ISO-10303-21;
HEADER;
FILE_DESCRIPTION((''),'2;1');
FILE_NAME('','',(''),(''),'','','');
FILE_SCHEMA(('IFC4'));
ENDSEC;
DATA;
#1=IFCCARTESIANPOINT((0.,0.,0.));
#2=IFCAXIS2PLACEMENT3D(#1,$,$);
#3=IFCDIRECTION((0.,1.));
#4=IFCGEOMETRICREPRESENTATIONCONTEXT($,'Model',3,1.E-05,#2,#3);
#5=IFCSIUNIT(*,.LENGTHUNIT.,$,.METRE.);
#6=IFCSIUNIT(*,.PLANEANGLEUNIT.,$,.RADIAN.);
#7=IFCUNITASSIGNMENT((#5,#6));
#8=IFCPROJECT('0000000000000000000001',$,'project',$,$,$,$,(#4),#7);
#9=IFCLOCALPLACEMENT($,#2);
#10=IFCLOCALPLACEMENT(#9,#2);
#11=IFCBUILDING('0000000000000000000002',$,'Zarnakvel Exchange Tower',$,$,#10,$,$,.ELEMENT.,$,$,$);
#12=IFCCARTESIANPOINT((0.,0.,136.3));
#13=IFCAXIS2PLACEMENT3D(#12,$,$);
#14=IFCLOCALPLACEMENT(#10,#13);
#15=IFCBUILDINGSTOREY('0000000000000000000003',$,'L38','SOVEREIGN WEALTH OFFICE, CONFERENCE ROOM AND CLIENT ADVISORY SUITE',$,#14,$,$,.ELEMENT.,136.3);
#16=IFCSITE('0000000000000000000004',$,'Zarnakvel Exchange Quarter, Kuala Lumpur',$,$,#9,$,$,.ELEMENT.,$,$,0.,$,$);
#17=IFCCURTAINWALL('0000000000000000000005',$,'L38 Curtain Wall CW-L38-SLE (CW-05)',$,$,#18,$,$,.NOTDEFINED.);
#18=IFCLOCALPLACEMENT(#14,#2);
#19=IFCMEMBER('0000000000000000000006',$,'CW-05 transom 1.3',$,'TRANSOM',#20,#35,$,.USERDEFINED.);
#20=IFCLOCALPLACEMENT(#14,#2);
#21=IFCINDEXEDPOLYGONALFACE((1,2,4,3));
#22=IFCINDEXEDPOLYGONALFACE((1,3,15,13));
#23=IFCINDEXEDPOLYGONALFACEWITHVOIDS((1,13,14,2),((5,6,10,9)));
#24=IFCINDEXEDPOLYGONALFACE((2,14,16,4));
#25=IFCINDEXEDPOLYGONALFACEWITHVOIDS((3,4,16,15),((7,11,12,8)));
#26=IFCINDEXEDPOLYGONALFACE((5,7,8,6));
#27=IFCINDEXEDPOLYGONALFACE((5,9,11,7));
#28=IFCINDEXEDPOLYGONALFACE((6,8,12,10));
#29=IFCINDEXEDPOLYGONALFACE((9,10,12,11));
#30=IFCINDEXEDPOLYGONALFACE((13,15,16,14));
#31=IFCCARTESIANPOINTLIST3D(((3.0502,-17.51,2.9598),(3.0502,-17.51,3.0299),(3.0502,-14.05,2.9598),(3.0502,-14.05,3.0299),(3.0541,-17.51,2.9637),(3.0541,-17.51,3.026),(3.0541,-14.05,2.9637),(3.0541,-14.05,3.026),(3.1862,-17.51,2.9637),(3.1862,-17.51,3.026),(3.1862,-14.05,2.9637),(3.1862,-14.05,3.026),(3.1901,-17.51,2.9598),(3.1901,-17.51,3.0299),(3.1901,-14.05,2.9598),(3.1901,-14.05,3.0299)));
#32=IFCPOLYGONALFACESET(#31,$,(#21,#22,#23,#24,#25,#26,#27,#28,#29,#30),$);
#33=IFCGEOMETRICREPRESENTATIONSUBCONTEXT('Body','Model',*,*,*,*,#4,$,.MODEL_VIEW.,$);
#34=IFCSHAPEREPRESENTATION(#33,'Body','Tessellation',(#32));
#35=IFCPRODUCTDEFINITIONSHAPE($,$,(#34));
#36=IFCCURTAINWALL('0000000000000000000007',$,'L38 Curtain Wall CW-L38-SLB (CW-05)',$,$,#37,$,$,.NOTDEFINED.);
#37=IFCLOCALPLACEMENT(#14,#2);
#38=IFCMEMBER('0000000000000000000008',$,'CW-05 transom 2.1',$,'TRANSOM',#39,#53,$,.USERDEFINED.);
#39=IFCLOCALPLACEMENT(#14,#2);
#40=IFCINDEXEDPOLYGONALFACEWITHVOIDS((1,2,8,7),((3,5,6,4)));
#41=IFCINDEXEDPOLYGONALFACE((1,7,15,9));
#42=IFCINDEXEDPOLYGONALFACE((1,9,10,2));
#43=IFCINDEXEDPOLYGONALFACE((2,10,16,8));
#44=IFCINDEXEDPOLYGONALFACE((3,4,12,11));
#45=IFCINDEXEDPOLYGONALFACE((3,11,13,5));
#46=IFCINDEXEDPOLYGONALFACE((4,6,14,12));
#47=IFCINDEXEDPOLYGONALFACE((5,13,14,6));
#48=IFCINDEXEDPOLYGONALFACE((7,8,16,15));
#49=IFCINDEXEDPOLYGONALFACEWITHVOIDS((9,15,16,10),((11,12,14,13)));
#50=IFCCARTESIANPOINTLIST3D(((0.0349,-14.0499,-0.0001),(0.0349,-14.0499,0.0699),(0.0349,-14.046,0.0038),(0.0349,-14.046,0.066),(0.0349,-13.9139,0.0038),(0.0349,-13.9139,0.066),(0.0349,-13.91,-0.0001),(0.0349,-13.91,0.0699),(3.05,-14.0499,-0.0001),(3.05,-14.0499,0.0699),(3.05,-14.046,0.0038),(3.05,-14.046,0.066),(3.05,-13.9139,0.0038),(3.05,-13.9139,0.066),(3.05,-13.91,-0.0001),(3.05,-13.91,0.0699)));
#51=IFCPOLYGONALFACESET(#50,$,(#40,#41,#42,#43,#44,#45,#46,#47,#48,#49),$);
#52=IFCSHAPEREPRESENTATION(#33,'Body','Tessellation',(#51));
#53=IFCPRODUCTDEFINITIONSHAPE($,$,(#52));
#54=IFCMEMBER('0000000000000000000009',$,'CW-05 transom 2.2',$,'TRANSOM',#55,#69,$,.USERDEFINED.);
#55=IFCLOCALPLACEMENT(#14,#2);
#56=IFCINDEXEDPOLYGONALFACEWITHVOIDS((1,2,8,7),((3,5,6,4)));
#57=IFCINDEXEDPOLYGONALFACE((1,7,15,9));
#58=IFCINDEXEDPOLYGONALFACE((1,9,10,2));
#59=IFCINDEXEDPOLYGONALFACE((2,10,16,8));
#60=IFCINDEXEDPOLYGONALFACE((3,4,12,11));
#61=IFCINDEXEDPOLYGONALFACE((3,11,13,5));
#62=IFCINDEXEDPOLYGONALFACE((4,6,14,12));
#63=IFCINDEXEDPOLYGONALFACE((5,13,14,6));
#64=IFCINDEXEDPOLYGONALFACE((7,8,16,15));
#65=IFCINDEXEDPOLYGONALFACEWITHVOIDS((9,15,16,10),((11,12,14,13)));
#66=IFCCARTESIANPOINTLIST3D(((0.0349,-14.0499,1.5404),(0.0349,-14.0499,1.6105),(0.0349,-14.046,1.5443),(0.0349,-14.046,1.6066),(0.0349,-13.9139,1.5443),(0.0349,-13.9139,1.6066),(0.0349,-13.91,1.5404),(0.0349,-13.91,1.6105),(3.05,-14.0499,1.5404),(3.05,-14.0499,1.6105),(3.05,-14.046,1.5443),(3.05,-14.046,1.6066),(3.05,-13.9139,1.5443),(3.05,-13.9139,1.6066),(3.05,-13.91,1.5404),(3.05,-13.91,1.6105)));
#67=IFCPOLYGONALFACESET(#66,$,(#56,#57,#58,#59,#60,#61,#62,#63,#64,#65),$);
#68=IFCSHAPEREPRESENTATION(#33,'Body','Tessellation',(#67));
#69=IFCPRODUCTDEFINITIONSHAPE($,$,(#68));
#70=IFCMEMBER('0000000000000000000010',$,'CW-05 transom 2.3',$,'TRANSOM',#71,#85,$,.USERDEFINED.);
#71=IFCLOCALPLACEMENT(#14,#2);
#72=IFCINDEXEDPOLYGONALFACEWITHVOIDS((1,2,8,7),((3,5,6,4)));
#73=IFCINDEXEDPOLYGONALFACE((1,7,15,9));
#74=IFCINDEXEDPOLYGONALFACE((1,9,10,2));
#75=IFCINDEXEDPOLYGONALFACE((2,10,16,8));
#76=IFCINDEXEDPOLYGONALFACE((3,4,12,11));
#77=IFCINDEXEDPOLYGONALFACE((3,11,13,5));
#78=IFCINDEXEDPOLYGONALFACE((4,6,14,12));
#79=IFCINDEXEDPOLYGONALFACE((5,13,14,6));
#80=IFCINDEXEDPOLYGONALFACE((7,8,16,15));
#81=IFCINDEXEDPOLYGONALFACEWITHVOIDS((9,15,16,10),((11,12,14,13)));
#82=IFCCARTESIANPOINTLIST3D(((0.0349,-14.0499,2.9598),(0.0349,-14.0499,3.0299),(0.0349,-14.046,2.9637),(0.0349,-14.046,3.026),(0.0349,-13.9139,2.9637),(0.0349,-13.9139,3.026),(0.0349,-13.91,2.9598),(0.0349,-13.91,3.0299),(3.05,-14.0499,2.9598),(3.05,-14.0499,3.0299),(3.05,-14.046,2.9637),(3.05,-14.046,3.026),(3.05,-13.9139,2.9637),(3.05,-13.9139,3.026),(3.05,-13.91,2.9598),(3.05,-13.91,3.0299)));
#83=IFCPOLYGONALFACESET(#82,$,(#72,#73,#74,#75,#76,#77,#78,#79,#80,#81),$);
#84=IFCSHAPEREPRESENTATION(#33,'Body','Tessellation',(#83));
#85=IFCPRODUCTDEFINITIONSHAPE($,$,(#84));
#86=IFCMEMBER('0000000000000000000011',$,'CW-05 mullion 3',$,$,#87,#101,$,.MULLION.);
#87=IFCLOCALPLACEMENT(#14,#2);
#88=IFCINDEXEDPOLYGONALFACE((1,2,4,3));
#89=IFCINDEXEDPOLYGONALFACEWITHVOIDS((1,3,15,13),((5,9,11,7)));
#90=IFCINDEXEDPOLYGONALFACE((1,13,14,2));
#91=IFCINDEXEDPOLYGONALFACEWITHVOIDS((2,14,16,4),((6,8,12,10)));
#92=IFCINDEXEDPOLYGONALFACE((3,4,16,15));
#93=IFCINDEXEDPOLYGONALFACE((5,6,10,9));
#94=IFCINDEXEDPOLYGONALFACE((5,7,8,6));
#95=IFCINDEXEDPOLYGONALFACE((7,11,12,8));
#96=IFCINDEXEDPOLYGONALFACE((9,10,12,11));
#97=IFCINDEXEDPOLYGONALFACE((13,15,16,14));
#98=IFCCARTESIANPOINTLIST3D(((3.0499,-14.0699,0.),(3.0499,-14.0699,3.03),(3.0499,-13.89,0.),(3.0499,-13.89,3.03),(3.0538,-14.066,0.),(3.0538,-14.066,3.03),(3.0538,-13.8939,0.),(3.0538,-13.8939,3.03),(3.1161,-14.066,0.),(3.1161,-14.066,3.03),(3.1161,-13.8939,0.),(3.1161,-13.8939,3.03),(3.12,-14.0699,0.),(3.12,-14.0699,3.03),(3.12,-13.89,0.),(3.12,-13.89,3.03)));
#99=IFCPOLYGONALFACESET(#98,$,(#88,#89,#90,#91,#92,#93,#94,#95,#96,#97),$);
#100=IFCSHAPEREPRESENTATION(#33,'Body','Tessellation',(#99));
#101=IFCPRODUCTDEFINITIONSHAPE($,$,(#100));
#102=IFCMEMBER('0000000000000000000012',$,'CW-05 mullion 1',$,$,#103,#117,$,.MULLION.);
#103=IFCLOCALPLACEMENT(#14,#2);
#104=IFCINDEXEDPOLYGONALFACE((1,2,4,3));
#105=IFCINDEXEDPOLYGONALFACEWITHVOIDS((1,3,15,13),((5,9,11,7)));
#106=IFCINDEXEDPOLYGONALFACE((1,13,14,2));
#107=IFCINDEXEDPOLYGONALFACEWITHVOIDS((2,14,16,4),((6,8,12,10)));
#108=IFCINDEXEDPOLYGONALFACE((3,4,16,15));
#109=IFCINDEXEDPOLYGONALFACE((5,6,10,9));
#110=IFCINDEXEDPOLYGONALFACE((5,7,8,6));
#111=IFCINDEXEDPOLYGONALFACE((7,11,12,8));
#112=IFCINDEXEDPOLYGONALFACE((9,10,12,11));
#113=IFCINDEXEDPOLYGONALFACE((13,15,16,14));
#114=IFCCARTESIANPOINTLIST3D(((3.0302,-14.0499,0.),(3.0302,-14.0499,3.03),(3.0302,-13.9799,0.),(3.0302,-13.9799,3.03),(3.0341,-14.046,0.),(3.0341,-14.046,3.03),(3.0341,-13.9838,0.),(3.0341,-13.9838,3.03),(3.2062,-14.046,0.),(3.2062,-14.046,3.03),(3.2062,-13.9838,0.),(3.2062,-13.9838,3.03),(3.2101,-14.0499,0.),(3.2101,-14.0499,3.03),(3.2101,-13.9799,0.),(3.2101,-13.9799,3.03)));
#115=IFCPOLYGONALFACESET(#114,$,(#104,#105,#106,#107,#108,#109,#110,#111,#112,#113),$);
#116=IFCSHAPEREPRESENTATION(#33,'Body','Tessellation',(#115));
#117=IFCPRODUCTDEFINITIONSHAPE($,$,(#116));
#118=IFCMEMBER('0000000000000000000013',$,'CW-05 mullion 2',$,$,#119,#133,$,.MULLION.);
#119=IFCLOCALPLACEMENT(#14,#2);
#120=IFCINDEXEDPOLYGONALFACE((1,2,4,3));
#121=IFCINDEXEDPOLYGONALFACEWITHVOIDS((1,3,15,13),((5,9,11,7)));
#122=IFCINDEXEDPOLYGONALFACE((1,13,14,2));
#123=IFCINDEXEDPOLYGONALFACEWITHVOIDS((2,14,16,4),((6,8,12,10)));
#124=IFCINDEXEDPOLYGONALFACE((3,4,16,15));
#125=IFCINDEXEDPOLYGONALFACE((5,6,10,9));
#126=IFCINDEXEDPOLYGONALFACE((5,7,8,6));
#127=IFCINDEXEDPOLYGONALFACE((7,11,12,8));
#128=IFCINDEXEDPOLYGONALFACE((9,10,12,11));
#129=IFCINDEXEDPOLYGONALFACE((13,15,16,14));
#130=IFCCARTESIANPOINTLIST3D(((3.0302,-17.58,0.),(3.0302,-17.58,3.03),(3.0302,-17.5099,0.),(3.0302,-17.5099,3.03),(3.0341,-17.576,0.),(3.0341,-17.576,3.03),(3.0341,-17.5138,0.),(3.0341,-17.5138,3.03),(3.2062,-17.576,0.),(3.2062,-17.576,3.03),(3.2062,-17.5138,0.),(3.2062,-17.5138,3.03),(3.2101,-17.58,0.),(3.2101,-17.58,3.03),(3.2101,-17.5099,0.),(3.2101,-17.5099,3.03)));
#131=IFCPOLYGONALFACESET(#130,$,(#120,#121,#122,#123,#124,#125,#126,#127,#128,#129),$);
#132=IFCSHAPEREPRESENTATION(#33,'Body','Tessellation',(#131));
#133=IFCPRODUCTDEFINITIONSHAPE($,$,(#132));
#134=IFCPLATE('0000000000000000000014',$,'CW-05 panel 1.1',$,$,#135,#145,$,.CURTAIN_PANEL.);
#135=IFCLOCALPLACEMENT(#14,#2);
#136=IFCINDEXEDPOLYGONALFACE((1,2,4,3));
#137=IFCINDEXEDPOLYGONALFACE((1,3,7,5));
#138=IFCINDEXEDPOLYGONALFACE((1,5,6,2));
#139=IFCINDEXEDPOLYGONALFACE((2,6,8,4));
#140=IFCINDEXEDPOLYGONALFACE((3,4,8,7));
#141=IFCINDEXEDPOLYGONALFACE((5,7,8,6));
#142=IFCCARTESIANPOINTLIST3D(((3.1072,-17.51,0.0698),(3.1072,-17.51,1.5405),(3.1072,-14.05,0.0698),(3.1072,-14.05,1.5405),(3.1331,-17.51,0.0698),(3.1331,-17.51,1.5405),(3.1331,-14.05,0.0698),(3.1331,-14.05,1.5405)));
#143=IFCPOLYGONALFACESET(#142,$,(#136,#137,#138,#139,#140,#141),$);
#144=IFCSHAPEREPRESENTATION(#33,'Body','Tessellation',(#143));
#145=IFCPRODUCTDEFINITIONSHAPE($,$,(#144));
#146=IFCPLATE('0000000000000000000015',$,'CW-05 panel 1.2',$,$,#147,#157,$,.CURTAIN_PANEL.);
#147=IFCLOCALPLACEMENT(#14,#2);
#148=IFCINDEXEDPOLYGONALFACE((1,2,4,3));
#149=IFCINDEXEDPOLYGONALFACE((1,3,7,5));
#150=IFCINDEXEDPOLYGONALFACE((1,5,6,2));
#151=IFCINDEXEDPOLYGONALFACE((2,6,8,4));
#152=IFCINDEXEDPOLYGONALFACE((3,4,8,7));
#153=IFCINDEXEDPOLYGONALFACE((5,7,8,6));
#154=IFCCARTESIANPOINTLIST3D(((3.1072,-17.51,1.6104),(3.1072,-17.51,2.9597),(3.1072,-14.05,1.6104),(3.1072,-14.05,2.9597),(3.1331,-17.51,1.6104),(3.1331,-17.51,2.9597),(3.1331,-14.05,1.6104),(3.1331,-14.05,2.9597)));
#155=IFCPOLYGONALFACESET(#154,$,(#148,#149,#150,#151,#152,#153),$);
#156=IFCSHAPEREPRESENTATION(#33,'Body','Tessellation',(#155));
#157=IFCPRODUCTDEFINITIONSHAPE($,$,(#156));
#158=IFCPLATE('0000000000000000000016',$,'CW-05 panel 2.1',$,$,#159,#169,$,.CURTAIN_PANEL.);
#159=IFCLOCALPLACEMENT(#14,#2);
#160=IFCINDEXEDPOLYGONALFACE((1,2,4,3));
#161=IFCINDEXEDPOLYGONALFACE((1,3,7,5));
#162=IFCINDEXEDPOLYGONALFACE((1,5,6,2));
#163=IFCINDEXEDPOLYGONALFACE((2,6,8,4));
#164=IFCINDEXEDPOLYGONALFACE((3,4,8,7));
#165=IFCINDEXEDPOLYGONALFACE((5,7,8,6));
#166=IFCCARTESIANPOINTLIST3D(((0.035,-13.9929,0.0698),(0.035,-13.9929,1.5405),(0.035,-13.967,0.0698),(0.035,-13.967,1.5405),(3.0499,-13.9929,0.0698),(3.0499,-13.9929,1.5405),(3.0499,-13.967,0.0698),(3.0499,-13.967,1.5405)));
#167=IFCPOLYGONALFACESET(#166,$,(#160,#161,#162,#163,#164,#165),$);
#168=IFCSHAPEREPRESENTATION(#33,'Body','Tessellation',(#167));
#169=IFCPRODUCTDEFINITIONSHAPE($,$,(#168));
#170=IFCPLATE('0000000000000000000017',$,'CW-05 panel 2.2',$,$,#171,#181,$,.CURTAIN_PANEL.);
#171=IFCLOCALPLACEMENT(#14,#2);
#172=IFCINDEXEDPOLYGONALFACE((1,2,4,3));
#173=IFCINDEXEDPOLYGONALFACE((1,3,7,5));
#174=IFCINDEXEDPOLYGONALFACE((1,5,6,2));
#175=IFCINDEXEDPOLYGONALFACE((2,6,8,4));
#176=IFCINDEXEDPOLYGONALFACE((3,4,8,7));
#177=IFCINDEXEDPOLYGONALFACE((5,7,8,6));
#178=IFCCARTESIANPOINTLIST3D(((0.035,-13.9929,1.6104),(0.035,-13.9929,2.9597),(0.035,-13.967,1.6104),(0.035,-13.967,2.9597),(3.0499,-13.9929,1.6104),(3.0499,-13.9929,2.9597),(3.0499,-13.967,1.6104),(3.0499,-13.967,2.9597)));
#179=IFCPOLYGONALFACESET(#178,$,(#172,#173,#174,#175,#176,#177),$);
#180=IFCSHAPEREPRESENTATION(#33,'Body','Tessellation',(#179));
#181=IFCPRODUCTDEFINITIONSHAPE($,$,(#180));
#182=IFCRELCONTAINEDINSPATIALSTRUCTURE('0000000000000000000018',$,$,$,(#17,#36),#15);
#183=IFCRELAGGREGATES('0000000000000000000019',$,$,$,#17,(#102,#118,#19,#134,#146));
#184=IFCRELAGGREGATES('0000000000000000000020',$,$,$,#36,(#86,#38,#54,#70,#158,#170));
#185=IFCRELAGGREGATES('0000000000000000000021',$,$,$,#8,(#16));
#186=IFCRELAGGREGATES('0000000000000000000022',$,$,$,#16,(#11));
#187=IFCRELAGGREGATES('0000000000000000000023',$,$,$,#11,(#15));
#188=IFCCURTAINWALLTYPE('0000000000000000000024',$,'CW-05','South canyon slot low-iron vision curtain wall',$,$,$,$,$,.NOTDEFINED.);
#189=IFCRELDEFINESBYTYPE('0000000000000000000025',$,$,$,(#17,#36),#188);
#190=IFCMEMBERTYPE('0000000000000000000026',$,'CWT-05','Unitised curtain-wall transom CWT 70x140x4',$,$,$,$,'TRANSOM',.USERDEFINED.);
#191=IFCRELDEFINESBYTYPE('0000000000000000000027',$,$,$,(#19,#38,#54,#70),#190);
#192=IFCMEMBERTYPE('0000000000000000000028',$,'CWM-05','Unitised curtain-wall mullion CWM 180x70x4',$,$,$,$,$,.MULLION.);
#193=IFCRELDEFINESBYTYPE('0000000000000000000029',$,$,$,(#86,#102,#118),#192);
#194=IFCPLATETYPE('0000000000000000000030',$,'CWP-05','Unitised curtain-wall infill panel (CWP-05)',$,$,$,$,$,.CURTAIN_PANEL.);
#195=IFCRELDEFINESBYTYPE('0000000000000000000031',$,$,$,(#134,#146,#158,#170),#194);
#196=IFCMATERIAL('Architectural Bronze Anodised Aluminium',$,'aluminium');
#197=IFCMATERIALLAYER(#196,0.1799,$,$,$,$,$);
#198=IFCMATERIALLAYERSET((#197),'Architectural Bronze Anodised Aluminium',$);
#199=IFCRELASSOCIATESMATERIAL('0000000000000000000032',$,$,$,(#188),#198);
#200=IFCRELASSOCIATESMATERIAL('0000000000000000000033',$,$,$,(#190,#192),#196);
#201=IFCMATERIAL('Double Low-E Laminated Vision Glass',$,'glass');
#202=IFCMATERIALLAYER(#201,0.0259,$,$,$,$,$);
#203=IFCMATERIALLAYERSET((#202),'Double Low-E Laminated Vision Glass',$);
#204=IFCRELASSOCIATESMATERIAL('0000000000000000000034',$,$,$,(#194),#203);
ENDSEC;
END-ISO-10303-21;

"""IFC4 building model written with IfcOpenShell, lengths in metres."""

from ifc_helpers import new_model, si_unit, direction, frame, origin, origin_2d, place, context, subcontext, project, spatial, rectangle, hollow_rectangle, extrude, source, transform, mapped, material, layer, layer_set, material_profile, profile_set, type_object, element, aggregate, save


model = new_model("IFC4")

# Units and contexts
model_context = context("Model", 3, precision=1e-05, world=origin(), true_north=direction((0.0, 1.0)))
body_context = subcontext(model_context, "Body", "Model", "MODEL_VIEW")
ifc_project = project(units=[si_unit("LENGTHUNIT", "METRE"), si_unit("PLANEANGLEUNIT", "RADIAN")], contexts=[model_context])

# Site, building, storey
site_placement = place(None, origin())
site = spatial("IfcSite", under=ifc_project, at=site_placement, Name="Zarnakvel Exchange Quarter, Kuala Lumpur", CompositionType="ELEMENT", RefElevation=0.0)
building_placement = place(site_placement, origin())
building = spatial("IfcBuilding", under=site, at=building_placement, Name="Zarnakvel Exchange Tower", CompositionType="ELEMENT")
storey_placement = place(building_placement, frame((0.0, 0.0, 136.3)))
storey = spatial("IfcBuildingStorey", under=building, at=storey_placement, Name="L38", Description="SOVEREIGN WEALTH OFFICE, CONFERENCE ROOM AND CLIENT ADVISORY SUITE", CompositionType="ELEMENT", Elevation=136.3)

# Curtain walls, members
ifc_material_1 = material(Name="Architectural Bronze Anodised Aluminium", Category="aluminium")
ifc_layer_1 = layer(ifc_material_1, 0.1799)
ifc_layer_set_1 = layer_set([ifc_layer_1], Name="Architectural Bronze Anodised Aluminium")
curtain_wall_type = type_object("IfcCurtainWallType", Name="CW-05", Description="South canyon slot low-iron vision curtain wall", PredefinedType="NOTDEFINED", material=ifc_layer_set_1)
curtain_wall_1_placement = place(storey_placement, origin())
curtain_wall_1 = element("IfcCurtainWall", 1, at=curtain_wall_1_placement, inside=storey, type_object=curtain_wall_type, Name="L38 Curtain Wall CW-L38-SLE (CW-05)", PredefinedType="NOTDEFINED")
ifc_material_profile_1 = material_profile(ifc_material_1, hollow_rectangle(XDim=0.1399, YDim=0.0701, WallThickness=0.0039, at=origin_2d()))
ifc_profile_set_1 = profile_set([ifc_material_profile_1], Name="Architectural Bronze Anodised Aluminium")
member_type_1 = type_object("IfcMemberType", Name="CWT-05", Description="Unitised curtain-wall transom CWT 70x140x4", ElementType="TRANSOM", PredefinedType="USERDEFINED", material=ifc_profile_set_1)
shared_shape_1 = source(origin(), body_context, "Body", "SweptSolid", [
    extrude(hollow_rectangle(XDim=0.1399, YDim=0.0701, WallThickness=0.0039, at=origin_2d()), origin(), (0.0, 0.0, 1.0), 3.46),
])
member_1_placement = place(storey_placement, frame((3.1201, -14.05, 2.9949), z_axis=(0.0, -1.0, 0.0), x_axis=(1.0, 0.0, 0.0)))
member_1 = element("IfcMember", 2, at=member_1_placement, type_object=member_type_1, Name="CW-05 transom 1.3", ObjectType="TRANSOM", PredefinedType="USERDEFINED", context=body_context, shape_type="MappedRepresentation", body=[
    mapped(shared_shape_1, transform((0.0, 0.0, 0.0), x_axis=(1.0, 0.0, 0.0), y_axis=(0.0, 1.0, 0.0), z_axis=(0.0, 0.0, 1.0), scale=1.0)),
])
curtain_wall_2_placement = place(storey_placement, origin())
curtain_wall_2 = element("IfcCurtainWall", 3, at=curtain_wall_2_placement, inside=storey, type_object=curtain_wall_type, Name="L38 Curtain Wall CW-L38-SLB (CW-05)", PredefinedType="NOTDEFINED")
shared_shape_2 = source(origin(), body_context, "Body", "SweptSolid", [
    extrude(hollow_rectangle(XDim=0.1399, YDim=0.0701, WallThickness=0.0039, at=origin_2d()), origin(), (0.0, 0.0, 1.0), 3.0151),
])
member_2_placement = place(storey_placement, frame((0.0349, -13.98, 0.0349), z_axis=(1.0, 0.0, 0.0), x_axis=(0.0, 1.0, 0.0)))
member_2 = element("IfcMember", 4, at=member_2_placement, type_object=member_type_1, Name="CW-05 transom 2.1", ObjectType="TRANSOM", PredefinedType="USERDEFINED", context=body_context, shape_type="MappedRepresentation", body=[
    mapped(shared_shape_2, transform((0.0, 0.0, 0.0), x_axis=(1.0, 0.0, 0.0), y_axis=(0.0, 1.0, 0.0), z_axis=(0.0, 0.0, 1.0), scale=1.0)),
])
member_3_placement = place(storey_placement, frame((0.0349, -13.98, 1.5754), z_axis=(1.0, 0.0, 0.0), x_axis=(0.0, 1.0, 0.0)))
member_3 = element("IfcMember", 5, at=member_3_placement, type_object=member_type_1, Name="CW-05 transom 2.2", ObjectType="TRANSOM", PredefinedType="USERDEFINED", context=body_context, shape_type="MappedRepresentation", body=[
    mapped(shared_shape_2, transform((0.0, 0.0, 0.0), x_axis=(1.0, 0.0, 0.0), y_axis=(0.0, 1.0, 0.0), z_axis=(0.0, 0.0, 1.0), scale=1.0)),
])
member_4_placement = place(storey_placement, frame((0.0349, -13.98, 2.9949), z_axis=(1.0, 0.0, 0.0), x_axis=(0.0, 1.0, 0.0)))
member_4 = element("IfcMember", 6, at=member_4_placement, type_object=member_type_1, Name="CW-05 transom 2.3", ObjectType="TRANSOM", PredefinedType="USERDEFINED", context=body_context, shape_type="MappedRepresentation", body=[
    mapped(shared_shape_2, transform((0.0, 0.0, 0.0), x_axis=(1.0, 0.0, 0.0), y_axis=(0.0, 1.0, 0.0), z_axis=(0.0, 0.0, 1.0), scale=1.0)),
])
ifc_material_profile_2 = material_profile(ifc_material_1, hollow_rectangle(XDim=0.1799, YDim=0.0701, WallThickness=0.0039, at=origin_2d()))
ifc_profile_set_2 = profile_set([ifc_material_profile_2], Name="Architectural Bronze Anodised Aluminium")
member_type_2 = type_object("IfcMemberType", Name="CWM-05", Description="Unitised curtain-wall mullion CWM 180x70x4", PredefinedType="MULLION", material=ifc_profile_set_2)
shared_shape_3 = source(origin(), body_context, "Body", "SweptSolid", [
    extrude(hollow_rectangle(XDim=0.1799, YDim=0.0701, WallThickness=0.0039, at=origin_2d()), origin(), (0.0, 0.0, 1.0), 3.03),
])
member_5_placement = place(storey_placement, frame((3.085, -13.98, 0.0), z_axis=(0.0, 0.0, 1.0), x_axis=(0.0, 1.0, 0.0)))
member_5 = element("IfcMember", 7, at=member_5_placement, type_object=member_type_2, Name="CW-05 mullion 3", PredefinedType="MULLION", context=body_context, shape_type="MappedRepresentation", body=[
    mapped(shared_shape_3, transform((0.0, 0.0, 0.0), x_axis=(1.0, 0.0, 0.0), y_axis=(0.0, 1.0, 0.0), z_axis=(0.0, 0.0, 1.0), scale=1.0)),
])

# Members
member_6_placement = place(storey_placement, frame((3.1201, -14.0149, 0.0), z_axis=(0.0, 0.0, 1.0), x_axis=(1.0, 0.0, 0.0)))
member_6 = element("IfcMember", 8, at=member_6_placement, type_object=member_type_2, Name="CW-05 mullion 1", PredefinedType="MULLION", context=body_context, shape_type="MappedRepresentation", body=[
    mapped(shared_shape_3, transform((0.0, 0.0, 0.0), x_axis=(1.0, 0.0, 0.0), y_axis=(0.0, 1.0, 0.0), z_axis=(0.0, 0.0, 1.0), scale=1.0)),
])
member_7_placement = place(storey_placement, frame((3.1201, -17.5449, 0.0), z_axis=(0.0, 0.0, 1.0), x_axis=(1.0, 0.0, 0.0)))
member_7 = element("IfcMember", 9, at=member_7_placement, type_object=member_type_2, Name="CW-05 mullion 2", PredefinedType="MULLION", context=body_context, shape_type="MappedRepresentation", body=[
    mapped(shared_shape_3, transform((0.0, 0.0, 0.0), x_axis=(1.0, 0.0, 0.0), y_axis=(0.0, 1.0, 0.0), z_axis=(0.0, 0.0, 1.0), scale=1.0)),
])

# Plates
ifc_material_2 = material(Name="Double Low-E Laminated Vision Glass", Category="glass")
ifc_layer_2 = layer(ifc_material_2, 0.0259)
ifc_layer_set_2 = layer_set([ifc_layer_2], Name="Double Low-E Laminated Vision Glass")
plate_type = type_object("IfcPlateType", Name="CWP-05", Description="Unitised curtain-wall infill panel (CWP-05)", PredefinedType="CURTAIN_PANEL", material=ifc_layer_set_2)
shared_shape_4 = source(origin(), body_context, "Body", "SweptSolid", [
    extrude(rectangle(XDim=3.46, YDim=0.0259, at=origin_2d()), origin(), (0.0, 0.0, 1.0), 1.4707),
])
plate_1_placement = place(storey_placement, frame((3.1201, -15.78, 0.0698), z_axis=(0.0, 0.0, 1.0), x_axis=(0.0, -1.0, 0.0)))
plate_1 = element("IfcPlate", 10, at=plate_1_placement, type_object=plate_type, Name="CW-05 panel 1.1", PredefinedType="CURTAIN_PANEL", context=body_context, shape_type="MappedRepresentation", body=[
    mapped(shared_shape_4, transform((0.0, 0.0, 0.0), x_axis=(1.0, 0.0, 0.0), y_axis=(0.0, 1.0, 0.0), z_axis=(0.0, 0.0, 1.0), scale=1.0)),
])
shared_shape_5 = source(origin(), body_context, "Body", "SweptSolid", [
    extrude(rectangle(XDim=3.46, YDim=0.0259, at=origin_2d()), origin(), (0.0, 0.0, 1.0), 1.3494),
])
plate_2_placement = place(storey_placement, frame((3.1201, -15.78, 1.6104), z_axis=(0.0, 0.0, 1.0), x_axis=(0.0, -1.0, 0.0)))
plate_2 = element("IfcPlate", 11, at=plate_2_placement, type_object=plate_type, Name="CW-05 panel 1.2", PredefinedType="CURTAIN_PANEL", context=body_context, shape_type="MappedRepresentation", body=[
    mapped(shared_shape_5, transform((0.0, 0.0, 0.0), x_axis=(1.0, 0.0, 0.0), y_axis=(0.0, 1.0, 0.0), z_axis=(0.0, 0.0, 1.0), scale=1.0)),
])
aggregate(curtain_wall_1, [member_6, member_7, member_1, plate_1, plate_2])
shared_shape_6 = source(origin(), body_context, "Body", "SweptSolid", [
    extrude(rectangle(XDim=3.0149, YDim=0.0259, at=origin_2d()), origin(), (0.0, 0.0, 1.0), 1.4707),
])
plate_3_placement = place(storey_placement, frame((1.5425, -13.98, 0.0698), z_axis=(0.0, 0.0, 1.0), x_axis=(1.0, 0.0, 0.0)))
plate_3 = element("IfcPlate", 12, at=plate_3_placement, type_object=plate_type, Name="CW-05 panel 2.1", PredefinedType="CURTAIN_PANEL", context=body_context, shape_type="MappedRepresentation", body=[
    mapped(shared_shape_6, transform((0.0, 0.0, 0.0), x_axis=(1.0, 0.0, 0.0), y_axis=(0.0, 1.0, 0.0), z_axis=(0.0, 0.0, 1.0), scale=1.0)),
])
shared_shape_7 = source(origin(), body_context, "Body", "SweptSolid", [
    extrude(rectangle(XDim=3.0149, YDim=0.0259, at=origin_2d()), origin(), (0.0, 0.0, 1.0), 1.3494),
])
plate_4_placement = place(storey_placement, frame((1.5425, -13.98, 1.6104), z_axis=(0.0, 0.0, 1.0), x_axis=(1.0, 0.0, 0.0)))
plate_4 = element("IfcPlate", 13, at=plate_4_placement, type_object=plate_type, Name="CW-05 panel 2.2", PredefinedType="CURTAIN_PANEL", context=body_context, shape_type="MappedRepresentation", body=[
    mapped(shared_shape_7, transform((0.0, 0.0, 0.0), x_axis=(1.0, 0.0, 0.0), y_axis=(0.0, 1.0, 0.0), z_axis=(0.0, 0.0, 1.0), scale=1.0)),
])
aggregate(curtain_wall_2, [member_5, member_2, member_3, member_4, plate_3, plate_4])

save(model, "model.ifc")
